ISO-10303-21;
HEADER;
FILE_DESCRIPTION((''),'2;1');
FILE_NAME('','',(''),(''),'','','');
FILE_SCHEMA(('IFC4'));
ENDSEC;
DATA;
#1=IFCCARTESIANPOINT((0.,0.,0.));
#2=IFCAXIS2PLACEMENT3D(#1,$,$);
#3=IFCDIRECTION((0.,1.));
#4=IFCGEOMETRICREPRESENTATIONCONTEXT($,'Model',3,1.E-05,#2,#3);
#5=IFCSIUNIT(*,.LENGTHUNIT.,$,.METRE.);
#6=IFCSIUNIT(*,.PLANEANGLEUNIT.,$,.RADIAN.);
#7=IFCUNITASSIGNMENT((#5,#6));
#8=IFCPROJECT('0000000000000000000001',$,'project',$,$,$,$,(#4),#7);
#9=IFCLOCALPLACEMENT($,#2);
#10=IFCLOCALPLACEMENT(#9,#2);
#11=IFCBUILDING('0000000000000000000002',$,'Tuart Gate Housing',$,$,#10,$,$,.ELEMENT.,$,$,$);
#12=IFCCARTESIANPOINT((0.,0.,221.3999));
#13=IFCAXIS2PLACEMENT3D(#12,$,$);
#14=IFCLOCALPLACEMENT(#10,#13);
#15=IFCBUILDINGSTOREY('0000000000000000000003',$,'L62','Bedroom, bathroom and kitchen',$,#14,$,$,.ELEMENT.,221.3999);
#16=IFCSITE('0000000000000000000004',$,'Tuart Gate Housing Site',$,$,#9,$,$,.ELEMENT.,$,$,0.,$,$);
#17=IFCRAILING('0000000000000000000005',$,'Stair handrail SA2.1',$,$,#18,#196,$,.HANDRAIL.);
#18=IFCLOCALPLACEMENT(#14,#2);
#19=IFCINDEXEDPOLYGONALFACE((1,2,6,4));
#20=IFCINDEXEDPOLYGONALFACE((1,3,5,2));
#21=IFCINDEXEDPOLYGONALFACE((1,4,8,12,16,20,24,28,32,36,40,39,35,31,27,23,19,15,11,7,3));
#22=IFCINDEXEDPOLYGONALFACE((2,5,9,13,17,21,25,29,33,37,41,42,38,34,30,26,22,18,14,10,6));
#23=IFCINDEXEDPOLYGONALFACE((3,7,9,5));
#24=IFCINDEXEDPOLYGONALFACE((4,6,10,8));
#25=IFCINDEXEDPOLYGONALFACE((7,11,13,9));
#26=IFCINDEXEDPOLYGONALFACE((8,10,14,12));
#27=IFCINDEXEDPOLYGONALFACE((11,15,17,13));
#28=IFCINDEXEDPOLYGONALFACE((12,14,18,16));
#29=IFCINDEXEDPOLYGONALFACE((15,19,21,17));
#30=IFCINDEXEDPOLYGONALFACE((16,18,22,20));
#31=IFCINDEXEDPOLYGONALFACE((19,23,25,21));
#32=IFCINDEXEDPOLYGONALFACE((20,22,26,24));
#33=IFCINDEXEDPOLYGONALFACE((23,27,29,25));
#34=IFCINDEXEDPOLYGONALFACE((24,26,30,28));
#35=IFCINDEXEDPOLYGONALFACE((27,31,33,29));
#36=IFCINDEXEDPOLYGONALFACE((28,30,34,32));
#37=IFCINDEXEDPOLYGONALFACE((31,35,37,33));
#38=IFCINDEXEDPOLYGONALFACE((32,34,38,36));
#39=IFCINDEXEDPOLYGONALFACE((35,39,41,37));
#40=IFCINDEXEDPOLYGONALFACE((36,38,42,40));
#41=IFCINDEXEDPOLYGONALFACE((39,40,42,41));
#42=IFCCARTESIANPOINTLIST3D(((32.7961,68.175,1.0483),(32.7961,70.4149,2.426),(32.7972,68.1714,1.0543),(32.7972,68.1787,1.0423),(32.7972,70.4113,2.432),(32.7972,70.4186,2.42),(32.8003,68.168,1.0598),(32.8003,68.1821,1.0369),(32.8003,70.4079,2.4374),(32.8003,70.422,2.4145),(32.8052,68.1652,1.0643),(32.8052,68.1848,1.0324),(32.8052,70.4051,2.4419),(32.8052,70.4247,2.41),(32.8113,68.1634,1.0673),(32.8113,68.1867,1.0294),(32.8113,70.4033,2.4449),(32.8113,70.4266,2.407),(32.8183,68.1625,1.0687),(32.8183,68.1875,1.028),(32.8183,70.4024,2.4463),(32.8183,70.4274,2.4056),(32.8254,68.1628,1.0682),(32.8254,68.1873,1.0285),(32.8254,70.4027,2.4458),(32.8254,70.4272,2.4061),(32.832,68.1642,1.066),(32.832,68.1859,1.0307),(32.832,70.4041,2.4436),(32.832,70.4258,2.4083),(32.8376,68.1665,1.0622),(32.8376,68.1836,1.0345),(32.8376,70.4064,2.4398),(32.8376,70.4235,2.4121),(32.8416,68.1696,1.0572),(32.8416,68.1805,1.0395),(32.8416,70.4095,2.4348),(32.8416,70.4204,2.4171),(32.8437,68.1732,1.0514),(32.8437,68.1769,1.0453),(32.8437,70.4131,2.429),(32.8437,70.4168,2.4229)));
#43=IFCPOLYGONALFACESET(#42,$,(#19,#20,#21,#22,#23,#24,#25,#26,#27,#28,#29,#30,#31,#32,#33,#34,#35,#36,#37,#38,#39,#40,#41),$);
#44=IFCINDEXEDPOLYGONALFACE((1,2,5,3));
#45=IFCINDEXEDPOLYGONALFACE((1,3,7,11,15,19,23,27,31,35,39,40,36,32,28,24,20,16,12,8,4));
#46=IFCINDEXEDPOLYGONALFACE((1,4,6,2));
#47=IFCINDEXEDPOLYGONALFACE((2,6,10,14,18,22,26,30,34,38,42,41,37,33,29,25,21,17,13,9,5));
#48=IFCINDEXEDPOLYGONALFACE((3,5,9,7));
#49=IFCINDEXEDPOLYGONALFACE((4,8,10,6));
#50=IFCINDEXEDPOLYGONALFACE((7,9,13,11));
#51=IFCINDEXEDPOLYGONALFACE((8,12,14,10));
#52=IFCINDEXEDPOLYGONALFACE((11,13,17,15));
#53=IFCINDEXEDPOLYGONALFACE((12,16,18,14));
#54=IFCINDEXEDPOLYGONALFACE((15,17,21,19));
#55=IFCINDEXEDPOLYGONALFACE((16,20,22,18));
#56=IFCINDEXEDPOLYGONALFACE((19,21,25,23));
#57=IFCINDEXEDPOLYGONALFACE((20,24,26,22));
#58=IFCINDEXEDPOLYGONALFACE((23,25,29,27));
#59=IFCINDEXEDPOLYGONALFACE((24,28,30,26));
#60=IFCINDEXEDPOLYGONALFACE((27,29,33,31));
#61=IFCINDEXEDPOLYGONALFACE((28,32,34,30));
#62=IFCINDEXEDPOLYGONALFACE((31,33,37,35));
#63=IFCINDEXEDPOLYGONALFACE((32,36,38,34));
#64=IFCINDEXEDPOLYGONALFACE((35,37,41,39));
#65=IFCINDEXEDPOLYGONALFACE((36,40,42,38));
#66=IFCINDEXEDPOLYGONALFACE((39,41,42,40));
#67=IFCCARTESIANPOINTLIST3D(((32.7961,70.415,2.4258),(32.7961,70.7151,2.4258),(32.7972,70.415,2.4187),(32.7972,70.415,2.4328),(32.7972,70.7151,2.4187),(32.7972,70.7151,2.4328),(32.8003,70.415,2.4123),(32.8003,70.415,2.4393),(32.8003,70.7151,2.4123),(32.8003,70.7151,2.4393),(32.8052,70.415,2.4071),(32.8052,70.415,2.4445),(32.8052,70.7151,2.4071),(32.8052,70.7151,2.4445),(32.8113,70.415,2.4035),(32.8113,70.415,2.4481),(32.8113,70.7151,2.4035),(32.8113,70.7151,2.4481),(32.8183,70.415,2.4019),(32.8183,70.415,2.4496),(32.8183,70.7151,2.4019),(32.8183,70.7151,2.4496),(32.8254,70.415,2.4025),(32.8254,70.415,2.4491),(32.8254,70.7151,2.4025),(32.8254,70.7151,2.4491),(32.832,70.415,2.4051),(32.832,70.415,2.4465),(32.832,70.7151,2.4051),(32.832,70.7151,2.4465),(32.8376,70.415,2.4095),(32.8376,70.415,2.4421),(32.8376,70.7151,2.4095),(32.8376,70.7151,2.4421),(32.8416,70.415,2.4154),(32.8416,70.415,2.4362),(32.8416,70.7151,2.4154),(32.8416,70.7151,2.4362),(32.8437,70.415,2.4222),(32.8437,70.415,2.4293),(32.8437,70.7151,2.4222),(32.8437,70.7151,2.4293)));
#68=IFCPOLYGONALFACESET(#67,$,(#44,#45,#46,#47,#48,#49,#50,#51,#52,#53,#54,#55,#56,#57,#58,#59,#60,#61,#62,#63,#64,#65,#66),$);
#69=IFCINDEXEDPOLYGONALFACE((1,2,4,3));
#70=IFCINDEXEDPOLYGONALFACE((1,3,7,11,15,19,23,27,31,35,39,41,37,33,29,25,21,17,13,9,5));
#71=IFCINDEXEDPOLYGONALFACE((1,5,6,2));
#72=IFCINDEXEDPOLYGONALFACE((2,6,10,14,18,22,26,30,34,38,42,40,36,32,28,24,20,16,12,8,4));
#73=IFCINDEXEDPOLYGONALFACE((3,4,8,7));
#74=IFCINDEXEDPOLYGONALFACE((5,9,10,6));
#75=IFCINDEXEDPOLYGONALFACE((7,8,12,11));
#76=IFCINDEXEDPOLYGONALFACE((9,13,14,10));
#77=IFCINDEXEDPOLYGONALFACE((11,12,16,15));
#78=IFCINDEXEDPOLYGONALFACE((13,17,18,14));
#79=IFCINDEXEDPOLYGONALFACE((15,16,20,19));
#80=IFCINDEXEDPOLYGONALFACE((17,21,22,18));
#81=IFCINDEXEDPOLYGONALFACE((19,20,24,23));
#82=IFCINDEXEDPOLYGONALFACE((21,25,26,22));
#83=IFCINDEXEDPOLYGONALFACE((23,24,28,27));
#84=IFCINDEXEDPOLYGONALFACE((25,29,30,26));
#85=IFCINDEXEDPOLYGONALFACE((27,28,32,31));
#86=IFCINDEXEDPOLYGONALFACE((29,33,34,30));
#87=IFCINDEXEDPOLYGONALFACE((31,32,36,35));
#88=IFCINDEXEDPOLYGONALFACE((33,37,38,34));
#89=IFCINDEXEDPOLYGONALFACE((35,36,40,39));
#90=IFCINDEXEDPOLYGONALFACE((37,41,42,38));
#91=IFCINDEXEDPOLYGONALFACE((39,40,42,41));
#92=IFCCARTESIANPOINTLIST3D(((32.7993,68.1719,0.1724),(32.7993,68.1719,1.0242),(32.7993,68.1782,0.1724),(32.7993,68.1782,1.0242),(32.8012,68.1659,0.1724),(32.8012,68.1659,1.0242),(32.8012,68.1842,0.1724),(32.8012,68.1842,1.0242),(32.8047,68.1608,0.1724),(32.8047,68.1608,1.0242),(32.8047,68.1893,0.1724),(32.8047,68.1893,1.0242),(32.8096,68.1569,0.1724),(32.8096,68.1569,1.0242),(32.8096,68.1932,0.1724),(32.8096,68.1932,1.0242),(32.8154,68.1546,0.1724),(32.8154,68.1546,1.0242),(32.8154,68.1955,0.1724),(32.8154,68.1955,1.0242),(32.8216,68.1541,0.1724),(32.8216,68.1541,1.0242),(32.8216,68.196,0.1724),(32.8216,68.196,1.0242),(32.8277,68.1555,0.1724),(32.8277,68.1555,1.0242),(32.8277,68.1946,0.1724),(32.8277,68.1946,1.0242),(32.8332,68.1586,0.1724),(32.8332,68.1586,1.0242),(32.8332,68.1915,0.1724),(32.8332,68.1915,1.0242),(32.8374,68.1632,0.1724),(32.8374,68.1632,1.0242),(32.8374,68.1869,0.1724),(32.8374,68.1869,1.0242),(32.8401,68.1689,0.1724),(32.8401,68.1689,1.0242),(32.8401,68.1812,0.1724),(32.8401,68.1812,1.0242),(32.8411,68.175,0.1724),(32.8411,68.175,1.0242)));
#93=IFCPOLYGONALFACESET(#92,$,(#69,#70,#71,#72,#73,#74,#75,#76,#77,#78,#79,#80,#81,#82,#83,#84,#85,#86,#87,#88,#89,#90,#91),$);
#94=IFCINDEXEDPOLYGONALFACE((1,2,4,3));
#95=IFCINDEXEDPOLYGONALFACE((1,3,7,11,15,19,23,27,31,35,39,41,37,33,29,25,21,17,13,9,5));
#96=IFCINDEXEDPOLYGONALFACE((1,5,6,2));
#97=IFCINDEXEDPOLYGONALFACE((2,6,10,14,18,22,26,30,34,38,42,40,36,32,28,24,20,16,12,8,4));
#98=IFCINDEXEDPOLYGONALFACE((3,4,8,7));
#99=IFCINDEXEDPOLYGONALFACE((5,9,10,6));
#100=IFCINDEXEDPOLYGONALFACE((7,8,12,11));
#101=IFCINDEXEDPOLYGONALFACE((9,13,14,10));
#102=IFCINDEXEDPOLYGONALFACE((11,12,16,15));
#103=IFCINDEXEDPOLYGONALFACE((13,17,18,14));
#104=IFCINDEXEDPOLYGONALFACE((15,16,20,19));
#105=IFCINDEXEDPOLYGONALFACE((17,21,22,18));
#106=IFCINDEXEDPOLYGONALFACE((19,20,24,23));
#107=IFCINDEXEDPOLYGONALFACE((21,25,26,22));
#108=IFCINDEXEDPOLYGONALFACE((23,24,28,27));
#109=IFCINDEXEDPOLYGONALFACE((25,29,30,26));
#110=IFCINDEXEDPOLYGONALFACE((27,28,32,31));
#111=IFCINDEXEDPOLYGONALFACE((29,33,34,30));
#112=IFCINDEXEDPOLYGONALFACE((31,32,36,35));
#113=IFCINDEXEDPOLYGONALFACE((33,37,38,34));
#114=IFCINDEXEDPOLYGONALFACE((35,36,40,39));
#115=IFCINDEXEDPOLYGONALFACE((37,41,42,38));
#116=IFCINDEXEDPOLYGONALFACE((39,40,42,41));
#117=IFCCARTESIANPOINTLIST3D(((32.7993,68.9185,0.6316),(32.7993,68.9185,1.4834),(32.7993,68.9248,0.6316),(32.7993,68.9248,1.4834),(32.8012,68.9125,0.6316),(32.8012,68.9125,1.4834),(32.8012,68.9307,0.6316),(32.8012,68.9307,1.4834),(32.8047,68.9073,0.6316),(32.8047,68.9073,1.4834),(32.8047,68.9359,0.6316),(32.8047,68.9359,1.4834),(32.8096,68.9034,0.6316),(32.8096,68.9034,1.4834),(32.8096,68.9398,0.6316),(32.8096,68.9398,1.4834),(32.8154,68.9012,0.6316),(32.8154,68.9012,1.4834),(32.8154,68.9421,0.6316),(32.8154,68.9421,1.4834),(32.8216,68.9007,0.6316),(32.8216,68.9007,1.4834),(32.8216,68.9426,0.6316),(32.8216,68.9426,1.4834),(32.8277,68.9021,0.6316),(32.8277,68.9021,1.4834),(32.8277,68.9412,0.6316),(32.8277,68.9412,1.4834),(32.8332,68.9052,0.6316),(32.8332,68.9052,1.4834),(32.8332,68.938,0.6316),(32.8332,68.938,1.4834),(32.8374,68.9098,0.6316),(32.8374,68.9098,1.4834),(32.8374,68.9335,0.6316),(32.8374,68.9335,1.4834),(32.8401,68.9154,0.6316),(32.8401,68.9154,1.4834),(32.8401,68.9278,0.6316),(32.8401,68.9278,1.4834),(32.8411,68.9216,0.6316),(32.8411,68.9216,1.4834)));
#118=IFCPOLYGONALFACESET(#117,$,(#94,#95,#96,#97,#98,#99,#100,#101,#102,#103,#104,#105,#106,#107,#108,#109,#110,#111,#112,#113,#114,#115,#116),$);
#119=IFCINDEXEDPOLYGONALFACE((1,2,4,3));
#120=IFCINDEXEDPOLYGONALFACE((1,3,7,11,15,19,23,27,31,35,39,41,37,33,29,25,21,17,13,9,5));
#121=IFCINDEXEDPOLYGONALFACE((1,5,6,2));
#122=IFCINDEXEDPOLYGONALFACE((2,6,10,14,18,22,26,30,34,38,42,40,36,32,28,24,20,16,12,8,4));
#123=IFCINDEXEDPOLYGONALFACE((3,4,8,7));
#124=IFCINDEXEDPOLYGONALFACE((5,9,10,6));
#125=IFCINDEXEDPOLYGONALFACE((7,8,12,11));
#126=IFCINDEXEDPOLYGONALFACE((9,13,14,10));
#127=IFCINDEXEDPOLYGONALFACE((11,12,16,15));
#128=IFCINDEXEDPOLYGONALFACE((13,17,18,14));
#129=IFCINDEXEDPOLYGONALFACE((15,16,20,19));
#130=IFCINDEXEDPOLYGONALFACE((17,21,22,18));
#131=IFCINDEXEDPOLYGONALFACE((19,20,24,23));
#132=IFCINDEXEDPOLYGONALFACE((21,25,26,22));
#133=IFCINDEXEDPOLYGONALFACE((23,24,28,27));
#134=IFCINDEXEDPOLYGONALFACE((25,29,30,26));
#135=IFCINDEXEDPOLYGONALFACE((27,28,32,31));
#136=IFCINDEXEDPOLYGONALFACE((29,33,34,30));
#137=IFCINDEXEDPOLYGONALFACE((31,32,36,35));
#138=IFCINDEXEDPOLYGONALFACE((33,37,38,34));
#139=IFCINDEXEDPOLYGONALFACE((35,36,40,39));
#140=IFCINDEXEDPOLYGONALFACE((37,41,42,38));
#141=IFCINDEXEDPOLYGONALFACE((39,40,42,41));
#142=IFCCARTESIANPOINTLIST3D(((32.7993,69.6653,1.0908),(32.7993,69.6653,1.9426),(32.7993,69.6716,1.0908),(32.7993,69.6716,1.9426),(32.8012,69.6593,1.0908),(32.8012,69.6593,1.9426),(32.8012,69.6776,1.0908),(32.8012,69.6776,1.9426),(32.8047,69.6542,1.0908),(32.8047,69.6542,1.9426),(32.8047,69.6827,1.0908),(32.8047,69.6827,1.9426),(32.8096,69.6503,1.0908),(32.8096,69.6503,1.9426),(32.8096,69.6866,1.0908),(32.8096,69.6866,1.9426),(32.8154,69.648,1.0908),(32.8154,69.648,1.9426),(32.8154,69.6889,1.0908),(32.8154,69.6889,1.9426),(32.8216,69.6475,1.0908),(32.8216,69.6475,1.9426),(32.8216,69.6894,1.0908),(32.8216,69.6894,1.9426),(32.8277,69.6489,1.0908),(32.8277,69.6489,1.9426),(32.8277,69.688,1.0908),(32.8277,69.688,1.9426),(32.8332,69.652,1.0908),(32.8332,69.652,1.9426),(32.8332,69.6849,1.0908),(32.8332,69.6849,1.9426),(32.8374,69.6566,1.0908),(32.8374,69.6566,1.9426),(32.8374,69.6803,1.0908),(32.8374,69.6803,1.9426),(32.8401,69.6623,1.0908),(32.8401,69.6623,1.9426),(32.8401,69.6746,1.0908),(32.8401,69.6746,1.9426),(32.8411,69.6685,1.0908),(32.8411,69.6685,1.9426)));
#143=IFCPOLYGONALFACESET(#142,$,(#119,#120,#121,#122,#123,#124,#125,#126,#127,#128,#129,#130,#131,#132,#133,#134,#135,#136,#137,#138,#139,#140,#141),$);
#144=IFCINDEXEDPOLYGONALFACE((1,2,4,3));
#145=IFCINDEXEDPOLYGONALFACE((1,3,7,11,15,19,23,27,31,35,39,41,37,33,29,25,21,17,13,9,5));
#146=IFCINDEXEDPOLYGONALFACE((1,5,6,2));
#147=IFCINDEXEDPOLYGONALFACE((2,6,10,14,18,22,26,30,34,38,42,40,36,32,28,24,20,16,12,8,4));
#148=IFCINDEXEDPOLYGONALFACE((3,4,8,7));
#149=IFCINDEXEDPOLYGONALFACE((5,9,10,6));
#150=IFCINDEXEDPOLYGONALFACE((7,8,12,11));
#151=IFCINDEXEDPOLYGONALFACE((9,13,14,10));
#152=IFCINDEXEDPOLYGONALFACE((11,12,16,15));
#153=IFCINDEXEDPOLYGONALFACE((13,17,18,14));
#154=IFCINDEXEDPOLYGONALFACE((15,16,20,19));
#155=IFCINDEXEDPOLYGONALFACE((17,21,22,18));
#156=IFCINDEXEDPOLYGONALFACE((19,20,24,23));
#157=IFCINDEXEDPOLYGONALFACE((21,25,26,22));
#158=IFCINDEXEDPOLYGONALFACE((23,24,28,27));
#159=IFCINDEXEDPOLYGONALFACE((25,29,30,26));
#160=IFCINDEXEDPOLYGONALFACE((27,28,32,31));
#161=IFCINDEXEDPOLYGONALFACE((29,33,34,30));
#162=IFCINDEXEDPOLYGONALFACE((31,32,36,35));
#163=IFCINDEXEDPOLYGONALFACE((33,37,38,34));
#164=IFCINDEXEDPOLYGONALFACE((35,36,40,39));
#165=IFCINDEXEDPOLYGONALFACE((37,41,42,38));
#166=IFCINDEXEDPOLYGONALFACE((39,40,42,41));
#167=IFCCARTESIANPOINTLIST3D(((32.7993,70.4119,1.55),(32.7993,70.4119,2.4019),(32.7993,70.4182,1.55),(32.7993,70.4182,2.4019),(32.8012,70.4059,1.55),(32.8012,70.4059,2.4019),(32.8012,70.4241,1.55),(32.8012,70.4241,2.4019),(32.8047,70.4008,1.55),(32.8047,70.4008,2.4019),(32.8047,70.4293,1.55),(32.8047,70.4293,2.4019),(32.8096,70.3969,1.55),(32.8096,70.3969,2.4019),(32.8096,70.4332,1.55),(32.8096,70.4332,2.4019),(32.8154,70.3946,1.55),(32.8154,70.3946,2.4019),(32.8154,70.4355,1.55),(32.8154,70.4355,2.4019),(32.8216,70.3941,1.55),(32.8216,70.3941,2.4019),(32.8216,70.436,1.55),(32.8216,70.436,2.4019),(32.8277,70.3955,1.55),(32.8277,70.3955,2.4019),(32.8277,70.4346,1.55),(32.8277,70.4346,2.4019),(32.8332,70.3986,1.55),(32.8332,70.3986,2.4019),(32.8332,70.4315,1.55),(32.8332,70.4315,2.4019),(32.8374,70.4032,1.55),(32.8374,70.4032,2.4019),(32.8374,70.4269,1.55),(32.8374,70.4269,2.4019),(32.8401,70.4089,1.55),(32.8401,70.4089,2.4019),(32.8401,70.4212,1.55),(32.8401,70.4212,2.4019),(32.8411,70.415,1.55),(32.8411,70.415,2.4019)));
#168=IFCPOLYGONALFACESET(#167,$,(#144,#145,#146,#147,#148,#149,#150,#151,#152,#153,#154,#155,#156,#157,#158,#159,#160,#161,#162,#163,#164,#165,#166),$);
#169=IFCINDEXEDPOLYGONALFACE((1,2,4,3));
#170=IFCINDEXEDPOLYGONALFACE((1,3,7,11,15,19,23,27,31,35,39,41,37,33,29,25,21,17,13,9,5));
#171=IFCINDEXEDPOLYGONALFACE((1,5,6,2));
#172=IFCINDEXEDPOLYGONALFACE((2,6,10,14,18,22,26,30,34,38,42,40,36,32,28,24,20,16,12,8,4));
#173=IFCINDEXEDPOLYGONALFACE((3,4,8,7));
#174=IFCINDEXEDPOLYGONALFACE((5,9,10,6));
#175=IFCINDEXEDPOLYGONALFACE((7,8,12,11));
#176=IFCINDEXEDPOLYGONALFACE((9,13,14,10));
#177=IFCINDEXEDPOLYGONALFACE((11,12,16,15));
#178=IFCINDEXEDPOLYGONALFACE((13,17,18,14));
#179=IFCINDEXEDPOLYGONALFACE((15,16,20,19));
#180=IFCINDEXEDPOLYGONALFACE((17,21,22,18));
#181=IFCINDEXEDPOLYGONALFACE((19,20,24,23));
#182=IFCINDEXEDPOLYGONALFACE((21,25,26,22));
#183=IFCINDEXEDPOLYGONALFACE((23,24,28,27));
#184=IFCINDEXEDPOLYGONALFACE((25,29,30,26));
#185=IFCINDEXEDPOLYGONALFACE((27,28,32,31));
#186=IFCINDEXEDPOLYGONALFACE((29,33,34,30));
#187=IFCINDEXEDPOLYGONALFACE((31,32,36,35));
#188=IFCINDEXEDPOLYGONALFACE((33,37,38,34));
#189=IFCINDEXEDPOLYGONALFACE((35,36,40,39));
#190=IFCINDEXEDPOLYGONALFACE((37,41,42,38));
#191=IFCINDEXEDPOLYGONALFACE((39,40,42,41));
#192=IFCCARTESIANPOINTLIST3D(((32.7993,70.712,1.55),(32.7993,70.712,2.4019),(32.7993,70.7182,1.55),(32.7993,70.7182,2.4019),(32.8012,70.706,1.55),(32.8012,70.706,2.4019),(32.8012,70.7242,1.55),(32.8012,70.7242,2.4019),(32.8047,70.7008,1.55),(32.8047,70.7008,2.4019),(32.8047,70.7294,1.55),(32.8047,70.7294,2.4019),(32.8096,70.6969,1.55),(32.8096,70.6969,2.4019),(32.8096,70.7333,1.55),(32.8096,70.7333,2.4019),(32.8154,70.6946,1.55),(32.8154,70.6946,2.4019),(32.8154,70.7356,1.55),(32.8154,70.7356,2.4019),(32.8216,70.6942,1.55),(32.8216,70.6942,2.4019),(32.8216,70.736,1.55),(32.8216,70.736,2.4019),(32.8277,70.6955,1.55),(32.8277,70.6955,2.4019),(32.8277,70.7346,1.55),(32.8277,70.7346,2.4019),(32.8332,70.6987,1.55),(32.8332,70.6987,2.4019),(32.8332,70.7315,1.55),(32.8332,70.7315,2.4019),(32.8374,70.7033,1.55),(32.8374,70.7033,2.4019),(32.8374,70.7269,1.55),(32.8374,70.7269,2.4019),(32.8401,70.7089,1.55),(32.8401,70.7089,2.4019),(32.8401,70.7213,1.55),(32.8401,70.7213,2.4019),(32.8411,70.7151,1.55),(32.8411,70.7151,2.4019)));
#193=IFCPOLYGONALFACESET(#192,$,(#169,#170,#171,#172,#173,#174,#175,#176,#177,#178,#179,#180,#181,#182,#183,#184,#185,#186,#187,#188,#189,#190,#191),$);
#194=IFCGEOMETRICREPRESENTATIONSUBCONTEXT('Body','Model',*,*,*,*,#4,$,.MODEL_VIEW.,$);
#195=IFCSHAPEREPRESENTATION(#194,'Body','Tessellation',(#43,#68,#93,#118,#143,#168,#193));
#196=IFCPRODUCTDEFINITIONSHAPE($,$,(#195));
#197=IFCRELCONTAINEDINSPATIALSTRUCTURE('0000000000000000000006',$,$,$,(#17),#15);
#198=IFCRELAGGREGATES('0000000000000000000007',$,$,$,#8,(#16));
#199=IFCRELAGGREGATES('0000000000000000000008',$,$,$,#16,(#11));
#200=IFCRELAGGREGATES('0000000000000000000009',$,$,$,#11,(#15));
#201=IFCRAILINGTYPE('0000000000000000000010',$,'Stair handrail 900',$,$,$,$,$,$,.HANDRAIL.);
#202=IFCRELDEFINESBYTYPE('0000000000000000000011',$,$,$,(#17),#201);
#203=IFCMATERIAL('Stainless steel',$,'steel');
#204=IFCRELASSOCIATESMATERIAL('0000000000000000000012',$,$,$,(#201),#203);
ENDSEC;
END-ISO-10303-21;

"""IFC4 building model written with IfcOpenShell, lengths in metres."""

from ifc_helpers import new_model, si_unit, direction, frame, origin, origin_2d, place, context, subcontext, project, spatial, circle, extrude, material, type_object, element, save


model = new_model("IFC4")

# Units and contexts
model_context = context("Model", 3, precision=1e-05, world=origin(), true_north=direction((0.0, 1.0)))
body_context = subcontext(model_context, "Body", "Model", "MODEL_VIEW")
ifc_project = project(units=[si_unit("LENGTHUNIT", "METRE"), si_unit("PLANEANGLEUNIT", "RADIAN")], contexts=[model_context])

# Site, building, storey
site_placement = place(None, origin())
site = spatial("IfcSite", under=ifc_project, at=site_placement, Name="Tuart Gate Housing Site", CompositionType="ELEMENT", RefElevation=0.0)
building_placement = place(site_placement, origin())
building = spatial("IfcBuilding", under=site, at=building_placement, Name="Tuart Gate Housing", CompositionType="ELEMENT")
storey_placement = place(building_placement, frame((0.0, 0.0, 221.3999)))
storey = spatial("IfcBuildingStorey", under=building, at=storey_placement, Name="L62", Description="Bedroom, bathroom and kitchen", CompositionType="ELEMENT", Elevation=221.3999)

# Railing
ifc_material_1 = material(Name="Stainless steel", Category="steel")
railing_type = type_object("IfcRailingType", Name="Stair handrail 900", PredefinedType="HANDRAIL", material=ifc_material_1)
railing_placement = place(storey_placement, frame((32.8201, 68.175, 0.1724)))
element("IfcRailing", 1, at=railing_placement, inside=storey, type_object=railing_type, Name="Stair handrail SA2.1", PredefinedType="HANDRAIL", context=body_context, shape_type="SweptSolid", body=[
    extrude(circle(Radius=0.0239, at=origin_2d()), frame((0.0, 0.0, 0.876), z_axis=(0.0, 0.851789, 0.523885), x_axis=(-1.0, 0.0, 0.0)), (0.0, 0.0, 1.0), 2.6296),
    extrude(circle(Radius=0.0239, at=origin_2d()), frame((0.0, 2.24, 2.2534), z_axis=(0.0, 1.0, 0.0), x_axis=(-1.0, 0.0, 0.0)), (0.0, 0.0, 1.0), 0.3),
    extrude(circle(Radius=0.021, at=origin_2d()), origin(), (0.0, 0.0, 1.0), 0.8518),
    extrude(circle(Radius=0.021, at=origin_2d()), frame((0.0, 0.7466, 0.4592)), (0.0, 0.0, 1.0), 0.8518),
    extrude(circle(Radius=0.021, at=origin_2d()), frame((0.0, 1.4934, 0.9185)), (0.0, 0.0, 1.0), 0.8518),
    extrude(circle(Radius=0.021, at=origin_2d()), frame((0.0, 2.24, 1.3777)), (0.0, 0.0, 1.0), 0.8518),
    extrude(circle(Radius=0.021, at=origin_2d()), frame((0.0, 2.54, 1.3777)), (0.0, 0.0, 1.0), 0.8518),
])

save(model, "model.ifc")
